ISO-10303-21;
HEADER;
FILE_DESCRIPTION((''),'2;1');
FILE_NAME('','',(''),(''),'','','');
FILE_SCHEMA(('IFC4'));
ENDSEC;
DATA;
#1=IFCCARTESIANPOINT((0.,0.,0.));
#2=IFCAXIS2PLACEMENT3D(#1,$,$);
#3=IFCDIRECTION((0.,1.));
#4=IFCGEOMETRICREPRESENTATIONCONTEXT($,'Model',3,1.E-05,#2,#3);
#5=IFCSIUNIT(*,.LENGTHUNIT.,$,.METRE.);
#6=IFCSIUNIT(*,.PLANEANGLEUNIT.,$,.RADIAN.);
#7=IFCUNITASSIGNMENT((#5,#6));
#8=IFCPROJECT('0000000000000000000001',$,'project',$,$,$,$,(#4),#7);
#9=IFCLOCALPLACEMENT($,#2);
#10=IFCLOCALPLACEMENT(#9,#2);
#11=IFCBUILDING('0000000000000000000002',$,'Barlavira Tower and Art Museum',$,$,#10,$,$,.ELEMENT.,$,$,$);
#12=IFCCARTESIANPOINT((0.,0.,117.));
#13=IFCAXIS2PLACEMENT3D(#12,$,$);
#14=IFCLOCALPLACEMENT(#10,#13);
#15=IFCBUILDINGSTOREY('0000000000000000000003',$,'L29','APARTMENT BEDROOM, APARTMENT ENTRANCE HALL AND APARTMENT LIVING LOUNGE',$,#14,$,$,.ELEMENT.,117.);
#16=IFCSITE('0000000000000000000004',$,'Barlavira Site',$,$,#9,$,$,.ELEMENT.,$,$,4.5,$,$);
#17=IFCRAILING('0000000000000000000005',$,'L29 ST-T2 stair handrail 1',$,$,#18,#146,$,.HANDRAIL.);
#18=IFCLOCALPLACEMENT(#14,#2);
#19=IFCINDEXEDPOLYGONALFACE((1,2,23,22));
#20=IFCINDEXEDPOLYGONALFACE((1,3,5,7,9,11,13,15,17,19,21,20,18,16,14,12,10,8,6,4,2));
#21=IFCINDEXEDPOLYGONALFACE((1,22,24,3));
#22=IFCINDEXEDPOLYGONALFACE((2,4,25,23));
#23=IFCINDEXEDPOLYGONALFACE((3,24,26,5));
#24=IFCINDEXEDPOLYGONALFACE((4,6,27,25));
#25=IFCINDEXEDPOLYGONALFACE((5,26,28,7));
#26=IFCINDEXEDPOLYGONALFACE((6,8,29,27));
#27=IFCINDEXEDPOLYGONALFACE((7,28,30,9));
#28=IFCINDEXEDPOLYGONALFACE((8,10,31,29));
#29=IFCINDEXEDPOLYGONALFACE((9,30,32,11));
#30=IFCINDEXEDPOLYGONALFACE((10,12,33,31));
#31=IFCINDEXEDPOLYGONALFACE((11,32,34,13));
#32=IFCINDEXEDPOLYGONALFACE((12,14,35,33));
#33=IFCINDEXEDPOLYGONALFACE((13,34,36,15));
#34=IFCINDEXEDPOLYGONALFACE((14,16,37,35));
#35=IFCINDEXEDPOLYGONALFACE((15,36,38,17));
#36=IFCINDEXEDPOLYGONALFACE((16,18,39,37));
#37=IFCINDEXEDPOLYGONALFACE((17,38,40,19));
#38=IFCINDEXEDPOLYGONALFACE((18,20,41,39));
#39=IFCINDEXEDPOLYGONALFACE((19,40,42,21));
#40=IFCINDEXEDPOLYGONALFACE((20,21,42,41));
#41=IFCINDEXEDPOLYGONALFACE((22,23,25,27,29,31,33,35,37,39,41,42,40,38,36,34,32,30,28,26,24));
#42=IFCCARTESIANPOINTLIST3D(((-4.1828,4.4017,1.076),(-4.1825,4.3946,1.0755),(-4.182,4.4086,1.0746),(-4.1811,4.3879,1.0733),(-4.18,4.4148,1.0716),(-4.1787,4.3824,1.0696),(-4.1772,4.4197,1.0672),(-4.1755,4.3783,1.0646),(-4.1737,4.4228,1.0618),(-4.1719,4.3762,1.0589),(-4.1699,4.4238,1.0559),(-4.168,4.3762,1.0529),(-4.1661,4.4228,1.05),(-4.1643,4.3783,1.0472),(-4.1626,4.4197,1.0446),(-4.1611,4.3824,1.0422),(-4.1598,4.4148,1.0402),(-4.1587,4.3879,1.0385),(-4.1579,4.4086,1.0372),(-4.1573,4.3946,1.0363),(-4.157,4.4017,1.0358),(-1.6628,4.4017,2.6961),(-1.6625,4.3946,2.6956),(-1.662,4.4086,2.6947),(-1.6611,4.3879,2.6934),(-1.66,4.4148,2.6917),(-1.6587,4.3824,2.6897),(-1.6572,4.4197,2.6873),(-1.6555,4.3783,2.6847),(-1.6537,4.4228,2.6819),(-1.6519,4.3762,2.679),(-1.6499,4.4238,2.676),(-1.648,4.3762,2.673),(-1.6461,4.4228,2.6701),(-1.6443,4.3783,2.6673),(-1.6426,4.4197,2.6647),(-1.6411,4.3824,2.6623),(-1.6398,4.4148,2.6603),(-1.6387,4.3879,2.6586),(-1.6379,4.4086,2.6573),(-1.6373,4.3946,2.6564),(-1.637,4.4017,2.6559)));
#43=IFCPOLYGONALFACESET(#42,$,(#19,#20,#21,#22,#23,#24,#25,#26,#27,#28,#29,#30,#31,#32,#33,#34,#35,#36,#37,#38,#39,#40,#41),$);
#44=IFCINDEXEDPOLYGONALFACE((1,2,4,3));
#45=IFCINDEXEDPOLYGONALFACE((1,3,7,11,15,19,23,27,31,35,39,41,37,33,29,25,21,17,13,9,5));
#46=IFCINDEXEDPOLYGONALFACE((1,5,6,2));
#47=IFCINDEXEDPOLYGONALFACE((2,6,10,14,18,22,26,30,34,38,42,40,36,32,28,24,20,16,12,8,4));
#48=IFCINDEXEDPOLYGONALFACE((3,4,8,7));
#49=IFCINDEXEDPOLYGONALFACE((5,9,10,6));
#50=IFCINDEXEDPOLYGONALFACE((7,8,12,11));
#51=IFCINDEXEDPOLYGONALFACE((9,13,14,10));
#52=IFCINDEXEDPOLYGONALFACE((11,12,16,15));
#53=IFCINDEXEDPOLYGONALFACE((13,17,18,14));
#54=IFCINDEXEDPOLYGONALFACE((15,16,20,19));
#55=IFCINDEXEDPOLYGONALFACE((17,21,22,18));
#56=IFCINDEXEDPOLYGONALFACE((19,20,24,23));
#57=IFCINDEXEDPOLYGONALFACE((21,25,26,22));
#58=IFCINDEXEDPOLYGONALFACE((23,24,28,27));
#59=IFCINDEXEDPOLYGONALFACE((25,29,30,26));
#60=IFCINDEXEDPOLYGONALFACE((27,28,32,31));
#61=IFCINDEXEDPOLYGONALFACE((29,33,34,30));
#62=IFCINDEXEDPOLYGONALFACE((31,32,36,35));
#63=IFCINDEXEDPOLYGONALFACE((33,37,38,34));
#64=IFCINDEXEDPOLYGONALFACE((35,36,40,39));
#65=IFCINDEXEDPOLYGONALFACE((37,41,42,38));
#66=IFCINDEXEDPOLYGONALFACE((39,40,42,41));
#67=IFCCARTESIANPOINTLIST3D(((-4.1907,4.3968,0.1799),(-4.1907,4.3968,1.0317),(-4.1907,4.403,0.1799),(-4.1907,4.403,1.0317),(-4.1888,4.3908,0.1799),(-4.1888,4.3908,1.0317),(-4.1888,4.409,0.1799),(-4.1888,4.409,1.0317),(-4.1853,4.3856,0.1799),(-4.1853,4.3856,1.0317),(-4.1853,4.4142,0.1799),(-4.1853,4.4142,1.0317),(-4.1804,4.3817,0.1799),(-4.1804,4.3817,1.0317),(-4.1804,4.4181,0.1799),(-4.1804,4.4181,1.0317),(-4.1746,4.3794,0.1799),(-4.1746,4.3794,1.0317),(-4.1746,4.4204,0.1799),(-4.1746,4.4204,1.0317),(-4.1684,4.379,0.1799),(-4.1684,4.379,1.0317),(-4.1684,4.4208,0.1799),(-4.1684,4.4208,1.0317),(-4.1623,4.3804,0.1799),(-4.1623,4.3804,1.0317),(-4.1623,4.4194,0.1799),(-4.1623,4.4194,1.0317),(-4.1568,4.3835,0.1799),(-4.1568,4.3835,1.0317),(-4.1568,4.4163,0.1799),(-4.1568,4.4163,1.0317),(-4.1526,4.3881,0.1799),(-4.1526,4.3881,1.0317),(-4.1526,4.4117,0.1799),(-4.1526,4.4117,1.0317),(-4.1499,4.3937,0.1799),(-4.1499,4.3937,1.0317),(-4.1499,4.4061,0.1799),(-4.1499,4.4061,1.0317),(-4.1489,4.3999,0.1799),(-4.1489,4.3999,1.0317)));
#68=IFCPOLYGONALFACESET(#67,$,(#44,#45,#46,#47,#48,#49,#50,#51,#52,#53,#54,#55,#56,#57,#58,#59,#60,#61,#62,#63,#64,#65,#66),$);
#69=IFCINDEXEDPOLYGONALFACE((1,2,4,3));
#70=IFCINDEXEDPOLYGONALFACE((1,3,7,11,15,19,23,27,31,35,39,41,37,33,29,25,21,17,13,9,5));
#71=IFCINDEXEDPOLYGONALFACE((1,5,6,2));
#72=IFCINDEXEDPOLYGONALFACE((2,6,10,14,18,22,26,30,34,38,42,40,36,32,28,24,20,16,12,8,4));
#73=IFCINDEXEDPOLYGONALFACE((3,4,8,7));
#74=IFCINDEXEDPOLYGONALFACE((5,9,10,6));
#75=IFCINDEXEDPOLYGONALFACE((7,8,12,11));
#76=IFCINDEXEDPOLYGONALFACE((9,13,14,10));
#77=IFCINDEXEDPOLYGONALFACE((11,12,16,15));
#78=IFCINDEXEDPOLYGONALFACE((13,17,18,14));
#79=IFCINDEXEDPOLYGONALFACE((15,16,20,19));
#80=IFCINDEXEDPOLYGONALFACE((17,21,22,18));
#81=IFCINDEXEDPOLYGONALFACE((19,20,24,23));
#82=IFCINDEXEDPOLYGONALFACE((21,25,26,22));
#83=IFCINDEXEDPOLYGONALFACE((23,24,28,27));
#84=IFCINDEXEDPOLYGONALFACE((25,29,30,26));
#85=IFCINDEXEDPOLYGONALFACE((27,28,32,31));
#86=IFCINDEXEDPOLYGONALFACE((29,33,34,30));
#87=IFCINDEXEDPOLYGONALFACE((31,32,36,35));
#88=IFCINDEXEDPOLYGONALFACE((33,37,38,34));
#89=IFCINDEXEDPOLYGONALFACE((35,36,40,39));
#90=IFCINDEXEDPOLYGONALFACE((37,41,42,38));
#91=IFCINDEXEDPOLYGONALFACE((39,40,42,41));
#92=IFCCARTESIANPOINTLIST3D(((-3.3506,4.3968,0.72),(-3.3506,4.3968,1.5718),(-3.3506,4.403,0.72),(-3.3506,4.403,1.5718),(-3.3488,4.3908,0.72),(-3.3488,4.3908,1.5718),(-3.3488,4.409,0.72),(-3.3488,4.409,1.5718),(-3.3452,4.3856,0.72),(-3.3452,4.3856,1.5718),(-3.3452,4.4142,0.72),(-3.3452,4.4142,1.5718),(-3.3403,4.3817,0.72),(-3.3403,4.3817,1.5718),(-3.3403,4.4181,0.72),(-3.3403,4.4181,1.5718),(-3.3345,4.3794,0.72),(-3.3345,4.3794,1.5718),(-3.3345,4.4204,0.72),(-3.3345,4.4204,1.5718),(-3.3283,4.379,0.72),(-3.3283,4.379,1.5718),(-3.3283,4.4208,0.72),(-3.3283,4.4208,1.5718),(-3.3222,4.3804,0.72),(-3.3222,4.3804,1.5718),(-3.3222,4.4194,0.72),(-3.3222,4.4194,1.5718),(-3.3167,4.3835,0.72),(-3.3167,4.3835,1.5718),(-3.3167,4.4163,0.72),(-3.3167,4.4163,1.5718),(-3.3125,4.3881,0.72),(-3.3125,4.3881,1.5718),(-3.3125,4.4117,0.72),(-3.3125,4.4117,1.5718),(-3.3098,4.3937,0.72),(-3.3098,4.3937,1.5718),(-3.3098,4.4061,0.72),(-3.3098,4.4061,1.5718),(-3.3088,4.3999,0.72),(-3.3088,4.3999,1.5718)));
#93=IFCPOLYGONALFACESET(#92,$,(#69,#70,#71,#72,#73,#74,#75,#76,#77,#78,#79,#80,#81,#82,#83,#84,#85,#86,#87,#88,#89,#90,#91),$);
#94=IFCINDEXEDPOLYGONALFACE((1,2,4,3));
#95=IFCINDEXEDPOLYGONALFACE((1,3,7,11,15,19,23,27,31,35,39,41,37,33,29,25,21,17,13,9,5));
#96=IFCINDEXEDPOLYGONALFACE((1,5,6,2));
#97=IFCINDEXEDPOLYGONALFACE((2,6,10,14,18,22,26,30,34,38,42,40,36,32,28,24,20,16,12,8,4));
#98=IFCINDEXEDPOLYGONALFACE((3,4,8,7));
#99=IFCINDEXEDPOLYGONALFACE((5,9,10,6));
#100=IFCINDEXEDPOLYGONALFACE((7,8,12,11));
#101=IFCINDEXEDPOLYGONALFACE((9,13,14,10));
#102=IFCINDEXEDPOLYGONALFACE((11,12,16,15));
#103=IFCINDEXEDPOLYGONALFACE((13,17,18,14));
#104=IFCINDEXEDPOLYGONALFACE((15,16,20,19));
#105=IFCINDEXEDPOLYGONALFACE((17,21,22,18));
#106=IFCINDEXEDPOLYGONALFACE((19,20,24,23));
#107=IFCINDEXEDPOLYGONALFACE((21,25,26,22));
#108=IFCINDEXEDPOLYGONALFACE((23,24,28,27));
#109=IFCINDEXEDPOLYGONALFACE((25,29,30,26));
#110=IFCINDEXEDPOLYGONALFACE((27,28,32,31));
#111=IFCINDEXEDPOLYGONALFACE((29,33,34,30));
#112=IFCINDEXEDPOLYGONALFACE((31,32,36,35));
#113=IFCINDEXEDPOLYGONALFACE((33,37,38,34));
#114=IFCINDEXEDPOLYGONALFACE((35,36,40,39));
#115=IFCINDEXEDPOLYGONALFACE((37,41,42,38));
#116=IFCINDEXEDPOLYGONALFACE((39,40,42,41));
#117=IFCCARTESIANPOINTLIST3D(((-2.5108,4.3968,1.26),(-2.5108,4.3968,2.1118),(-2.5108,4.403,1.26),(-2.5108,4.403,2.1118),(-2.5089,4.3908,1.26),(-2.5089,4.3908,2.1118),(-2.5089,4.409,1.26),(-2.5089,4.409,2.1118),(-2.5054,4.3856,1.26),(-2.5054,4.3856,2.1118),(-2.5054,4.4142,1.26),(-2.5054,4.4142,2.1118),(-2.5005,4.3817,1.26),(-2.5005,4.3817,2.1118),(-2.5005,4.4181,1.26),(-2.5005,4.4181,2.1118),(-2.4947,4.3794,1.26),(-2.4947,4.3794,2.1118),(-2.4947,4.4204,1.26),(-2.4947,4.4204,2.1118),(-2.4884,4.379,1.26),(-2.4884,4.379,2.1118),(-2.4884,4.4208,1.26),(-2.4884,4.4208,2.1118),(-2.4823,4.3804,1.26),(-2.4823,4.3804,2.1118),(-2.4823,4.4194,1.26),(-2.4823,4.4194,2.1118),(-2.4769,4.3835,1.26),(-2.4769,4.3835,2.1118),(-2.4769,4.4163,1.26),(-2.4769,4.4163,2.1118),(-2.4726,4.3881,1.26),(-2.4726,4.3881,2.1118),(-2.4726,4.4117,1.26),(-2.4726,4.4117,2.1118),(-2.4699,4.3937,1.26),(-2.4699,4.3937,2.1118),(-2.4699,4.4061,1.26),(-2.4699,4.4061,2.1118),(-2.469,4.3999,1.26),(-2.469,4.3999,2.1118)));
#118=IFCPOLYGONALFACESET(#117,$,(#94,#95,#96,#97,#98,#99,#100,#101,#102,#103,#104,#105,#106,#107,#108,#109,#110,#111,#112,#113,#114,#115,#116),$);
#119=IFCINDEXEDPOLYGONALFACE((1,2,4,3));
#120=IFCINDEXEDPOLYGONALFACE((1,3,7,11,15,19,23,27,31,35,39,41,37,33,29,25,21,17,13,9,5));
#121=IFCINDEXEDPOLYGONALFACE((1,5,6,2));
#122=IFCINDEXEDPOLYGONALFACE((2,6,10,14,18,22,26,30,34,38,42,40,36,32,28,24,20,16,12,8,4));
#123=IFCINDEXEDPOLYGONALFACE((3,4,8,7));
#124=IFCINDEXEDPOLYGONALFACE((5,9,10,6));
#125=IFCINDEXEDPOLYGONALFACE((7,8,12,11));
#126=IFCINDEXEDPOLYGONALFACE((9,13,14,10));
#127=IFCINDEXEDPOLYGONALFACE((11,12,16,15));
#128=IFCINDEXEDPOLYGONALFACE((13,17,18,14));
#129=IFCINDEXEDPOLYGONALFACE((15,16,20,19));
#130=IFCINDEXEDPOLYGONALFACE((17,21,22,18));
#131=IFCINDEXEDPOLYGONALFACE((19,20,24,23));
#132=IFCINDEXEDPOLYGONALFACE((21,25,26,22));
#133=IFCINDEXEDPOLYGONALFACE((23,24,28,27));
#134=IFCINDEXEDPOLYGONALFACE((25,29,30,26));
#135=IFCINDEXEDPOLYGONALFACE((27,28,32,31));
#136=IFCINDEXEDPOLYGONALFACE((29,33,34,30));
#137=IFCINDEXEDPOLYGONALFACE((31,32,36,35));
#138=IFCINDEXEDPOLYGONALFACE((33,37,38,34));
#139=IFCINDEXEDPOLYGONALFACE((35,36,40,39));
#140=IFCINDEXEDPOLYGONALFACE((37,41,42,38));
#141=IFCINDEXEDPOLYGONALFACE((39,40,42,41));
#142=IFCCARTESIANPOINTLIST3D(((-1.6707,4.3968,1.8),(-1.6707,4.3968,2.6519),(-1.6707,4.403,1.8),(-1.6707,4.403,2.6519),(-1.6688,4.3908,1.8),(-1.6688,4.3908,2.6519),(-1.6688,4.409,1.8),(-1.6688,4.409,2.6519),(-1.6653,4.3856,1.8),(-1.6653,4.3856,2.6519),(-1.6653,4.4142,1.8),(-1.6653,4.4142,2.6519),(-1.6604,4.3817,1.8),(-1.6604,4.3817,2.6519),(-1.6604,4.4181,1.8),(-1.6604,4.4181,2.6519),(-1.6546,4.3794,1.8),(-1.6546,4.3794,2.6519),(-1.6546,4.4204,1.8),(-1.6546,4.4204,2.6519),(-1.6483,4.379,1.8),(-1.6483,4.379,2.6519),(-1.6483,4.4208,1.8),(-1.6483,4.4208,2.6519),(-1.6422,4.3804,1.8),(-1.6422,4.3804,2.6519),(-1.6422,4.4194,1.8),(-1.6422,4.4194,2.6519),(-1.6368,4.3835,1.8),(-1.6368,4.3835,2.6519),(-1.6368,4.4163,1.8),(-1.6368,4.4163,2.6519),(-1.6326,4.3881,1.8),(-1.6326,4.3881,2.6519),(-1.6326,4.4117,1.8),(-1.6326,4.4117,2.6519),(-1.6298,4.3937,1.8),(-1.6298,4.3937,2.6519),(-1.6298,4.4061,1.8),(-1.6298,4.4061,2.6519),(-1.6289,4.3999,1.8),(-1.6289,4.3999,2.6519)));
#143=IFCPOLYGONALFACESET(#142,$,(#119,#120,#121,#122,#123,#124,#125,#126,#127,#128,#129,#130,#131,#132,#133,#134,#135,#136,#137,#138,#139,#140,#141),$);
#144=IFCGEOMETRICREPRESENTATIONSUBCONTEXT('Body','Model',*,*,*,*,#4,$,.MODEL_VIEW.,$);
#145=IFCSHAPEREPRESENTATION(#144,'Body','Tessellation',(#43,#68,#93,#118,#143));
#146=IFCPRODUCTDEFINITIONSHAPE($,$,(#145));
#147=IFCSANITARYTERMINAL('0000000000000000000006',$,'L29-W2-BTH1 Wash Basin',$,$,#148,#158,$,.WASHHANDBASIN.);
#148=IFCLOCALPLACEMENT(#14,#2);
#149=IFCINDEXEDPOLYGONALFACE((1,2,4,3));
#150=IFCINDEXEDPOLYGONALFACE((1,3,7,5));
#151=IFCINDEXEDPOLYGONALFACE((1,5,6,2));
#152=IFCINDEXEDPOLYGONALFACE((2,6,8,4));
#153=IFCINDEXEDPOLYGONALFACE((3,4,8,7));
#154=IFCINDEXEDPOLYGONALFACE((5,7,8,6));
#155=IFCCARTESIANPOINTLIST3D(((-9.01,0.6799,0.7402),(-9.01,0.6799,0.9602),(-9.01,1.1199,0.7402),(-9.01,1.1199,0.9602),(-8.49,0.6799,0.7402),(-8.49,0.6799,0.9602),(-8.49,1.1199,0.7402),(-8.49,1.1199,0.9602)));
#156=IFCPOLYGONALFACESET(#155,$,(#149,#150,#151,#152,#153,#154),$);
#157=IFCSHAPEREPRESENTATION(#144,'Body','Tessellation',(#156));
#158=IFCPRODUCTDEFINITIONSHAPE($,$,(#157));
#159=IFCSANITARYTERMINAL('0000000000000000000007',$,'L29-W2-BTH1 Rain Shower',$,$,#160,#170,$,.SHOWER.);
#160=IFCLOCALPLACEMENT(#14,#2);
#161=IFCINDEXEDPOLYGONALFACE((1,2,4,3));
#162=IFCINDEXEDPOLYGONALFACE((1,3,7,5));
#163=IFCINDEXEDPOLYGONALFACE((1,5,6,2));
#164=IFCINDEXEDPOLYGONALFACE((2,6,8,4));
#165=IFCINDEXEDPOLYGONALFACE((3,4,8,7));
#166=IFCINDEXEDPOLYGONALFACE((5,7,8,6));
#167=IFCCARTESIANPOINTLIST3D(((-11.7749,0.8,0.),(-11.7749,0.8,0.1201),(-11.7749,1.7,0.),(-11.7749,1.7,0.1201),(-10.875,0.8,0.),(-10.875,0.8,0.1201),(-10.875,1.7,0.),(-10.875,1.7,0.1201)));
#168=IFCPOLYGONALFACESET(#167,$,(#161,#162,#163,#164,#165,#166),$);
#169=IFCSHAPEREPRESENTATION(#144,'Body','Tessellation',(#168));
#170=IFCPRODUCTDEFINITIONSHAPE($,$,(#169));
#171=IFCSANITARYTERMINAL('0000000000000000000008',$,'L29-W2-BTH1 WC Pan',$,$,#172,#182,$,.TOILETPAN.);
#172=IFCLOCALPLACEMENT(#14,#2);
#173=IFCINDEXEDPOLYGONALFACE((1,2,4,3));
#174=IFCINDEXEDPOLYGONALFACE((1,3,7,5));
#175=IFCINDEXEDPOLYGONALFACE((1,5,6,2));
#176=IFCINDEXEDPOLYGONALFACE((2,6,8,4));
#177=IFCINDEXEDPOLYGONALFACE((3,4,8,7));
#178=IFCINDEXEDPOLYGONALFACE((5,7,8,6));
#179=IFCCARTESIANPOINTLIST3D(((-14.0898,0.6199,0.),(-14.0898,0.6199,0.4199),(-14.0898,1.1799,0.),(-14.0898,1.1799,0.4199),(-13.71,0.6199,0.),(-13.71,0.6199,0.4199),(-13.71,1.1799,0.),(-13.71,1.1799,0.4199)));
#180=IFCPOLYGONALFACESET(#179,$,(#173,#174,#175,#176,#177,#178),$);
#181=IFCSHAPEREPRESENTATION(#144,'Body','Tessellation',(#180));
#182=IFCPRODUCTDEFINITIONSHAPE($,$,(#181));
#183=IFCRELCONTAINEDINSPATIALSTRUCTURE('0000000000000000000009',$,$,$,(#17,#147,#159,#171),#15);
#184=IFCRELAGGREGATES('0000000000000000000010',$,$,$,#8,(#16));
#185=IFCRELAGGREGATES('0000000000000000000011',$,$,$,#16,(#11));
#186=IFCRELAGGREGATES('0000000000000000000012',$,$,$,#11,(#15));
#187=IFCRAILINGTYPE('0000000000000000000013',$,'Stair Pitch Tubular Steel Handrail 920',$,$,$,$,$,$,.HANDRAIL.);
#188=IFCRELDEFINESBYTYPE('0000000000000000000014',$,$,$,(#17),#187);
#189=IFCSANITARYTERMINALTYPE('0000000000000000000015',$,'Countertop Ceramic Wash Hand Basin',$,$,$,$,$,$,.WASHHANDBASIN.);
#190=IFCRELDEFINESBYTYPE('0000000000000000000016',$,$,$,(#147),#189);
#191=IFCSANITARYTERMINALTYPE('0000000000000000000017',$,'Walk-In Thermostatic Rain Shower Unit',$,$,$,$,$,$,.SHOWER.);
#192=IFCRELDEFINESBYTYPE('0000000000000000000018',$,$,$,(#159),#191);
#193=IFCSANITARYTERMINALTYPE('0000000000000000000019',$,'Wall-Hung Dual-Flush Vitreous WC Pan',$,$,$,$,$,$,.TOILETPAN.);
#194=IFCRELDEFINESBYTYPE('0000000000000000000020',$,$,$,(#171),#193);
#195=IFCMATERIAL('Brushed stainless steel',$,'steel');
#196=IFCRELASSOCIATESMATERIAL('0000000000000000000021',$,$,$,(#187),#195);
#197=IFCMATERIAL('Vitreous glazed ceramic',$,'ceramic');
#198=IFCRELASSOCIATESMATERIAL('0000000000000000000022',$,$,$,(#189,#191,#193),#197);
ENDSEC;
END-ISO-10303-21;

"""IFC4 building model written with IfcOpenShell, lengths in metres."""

from ifc_helpers import new_model, si_unit, direction, frame, origin, origin_2d, place, context, subcontext, project, spatial, rectangle, circle, extrude, material, type_object, element, save


model = new_model("IFC4")

# Units and contexts
model_context = context("Model", 3, precision=1e-05, world=origin(), true_north=direction((0.0, 1.0)))
body_context = subcontext(model_context, "Body", "Model", "MODEL_VIEW")
ifc_project = project(units=[si_unit("LENGTHUNIT", "METRE"), si_unit("PLANEANGLEUNIT", "RADIAN")], contexts=[model_context])

# Site, building, storey
site_placement = place(None, origin())
site = spatial("IfcSite", under=ifc_project, at=site_placement, Name="Barlavira Site", CompositionType="ELEMENT", RefElevation=4.5)
building_placement = place(site_placement, origin())
building = spatial("IfcBuilding", under=site, at=building_placement, Name="Barlavira Tower and Art Museum", CompositionType="ELEMENT")
storey_placement = place(building_placement, frame((0.0, 0.0, 117.0)))
storey = spatial("IfcBuildingStorey", under=building, at=storey_placement, Name="L29", Description="APARTMENT BEDROOM, APARTMENT ENTRANCE HALL AND APARTMENT LIVING LOUNGE", CompositionType="ELEMENT", Elevation=117.0)

# Shared definitions
ifc_material_1 = material(Name="Brushed stainless steel", Category="steel")

# Railing
railing_type_1 = type_object("IfcRailingType", Name="Stair Pitch Tubular Steel Handrail 920", PredefinedType="HANDRAIL", material=ifc_material_1)
railing_1_placement = place(storey_placement, frame((-4.1699, 4.3999, 0.1799)))
element("IfcRailing", 1, at=railing_1_placement, inside=storey, type_object=railing_type_1, Name="L29 ST-T2 stair handrail 1", PredefinedType="HANDRAIL", context=body_context, shape_type="SweptSolid", body=[
    extrude(circle(Radius=0.0239, at=origin_2d()), frame((0.0, 0.0, 0.876), z_axis=(0.841163, 0.0, 0.540782), x_axis=(0.0, 1.0, 0.0)), (0.0, 0.0, 1.0), 2.9958),
    extrude(circle(Radius=0.021, at=origin_2d()), origin(), (0.0, 0.0, 1.0), 0.8518),
    extrude(circle(Radius=0.021, at=origin_2d()), frame((0.8401, 0.0, 0.54)), (0.0, 0.0, 1.0), 0.8518),
    extrude(circle(Radius=0.021, at=origin_2d()), frame((1.6799, 0.0, 1.0801)), (0.0, 0.0, 1.0), 0.8518),
    extrude(circle(Radius=0.021, at=origin_2d()), frame((2.52, 0.0, 1.6201)), (0.0, 0.0, 1.0), 0.8518),
])

# Sanitary terminals
ifc_material_2 = material(Name="Vitreous glazed ceramic", Category="ceramic")
sanitary_terminal_type_1 = type_object("IfcSanitaryTerminalType", Name="Countertop Ceramic Wash Hand Basin", PredefinedType="WASHHANDBASIN", material=ifc_material_2)
sanitary_terminal_1_placement = place(storey_placement, frame((-8.75, 0.8999, 0.7402), z_axis=(0.0, 0.0, 1.0), x_axis=(1.0, 0.0, 0.0)))
element("IfcSanitaryTerminal", 2, at=sanitary_terminal_1_placement, inside=storey, type_object=sanitary_terminal_type_1, Name="L29-W2-BTH1 Wash Basin", PredefinedType="WASHHANDBASIN", context=body_context, shape_type="SweptSolid", body=[
    extrude(rectangle(XDim=0.52, YDim=0.4399, at=origin_2d()), origin(), (0.0, 0.0, 1.0), 0.22),
])
sanitary_terminal_type_2 = type_object("IfcSanitaryTerminalType", Name="Walk-In Thermostatic Rain Shower Unit", PredefinedType="SHOWER", material=ifc_material_2)
sanitary_terminal_2_placement = place(storey_placement, frame((-11.325, 1.25, 0.0), z_axis=(0.0, 0.0, 1.0), x_axis=(1.0, 0.0, 0.0)))
element("IfcSanitaryTerminal", 3, at=sanitary_terminal_2_placement, inside=storey, type_object=sanitary_terminal_type_2, Name="L29-W2-BTH1 Rain Shower", PredefinedType="SHOWER", context=body_context, shape_type="SweptSolid", body=[
    extrude(rectangle(XDim=0.8999, YDim=0.8999, at=origin_2d()), origin(), (0.0, 0.0, 1.0), 0.1201),
])
sanitary_terminal_type_3 = type_object("IfcSanitaryTerminalType", Name="Wall-Hung Dual-Flush Vitreous WC Pan", PredefinedType="TOILETPAN", material=ifc_material_2)
sanitary_terminal_3_placement = place(storey_placement, frame((-13.8999, 0.8999, 0.0), z_axis=(0.0, 0.0, 1.0), x_axis=(1.0, 0.0, 0.0)))
element("IfcSanitaryTerminal", 4, at=sanitary_terminal_3_placement, inside=storey, type_object=sanitary_terminal_type_3, Name="L29-W2-BTH1 WC Pan", PredefinedType="TOILETPAN", context=body_context, shape_type="SweptSolid", body=[
    extrude(rectangle(XDim=0.3799, YDim=0.5601, at=origin_2d()), origin(), (0.0, 0.0, 1.0), 0.4199),
])

save(model, "model.ifc")
